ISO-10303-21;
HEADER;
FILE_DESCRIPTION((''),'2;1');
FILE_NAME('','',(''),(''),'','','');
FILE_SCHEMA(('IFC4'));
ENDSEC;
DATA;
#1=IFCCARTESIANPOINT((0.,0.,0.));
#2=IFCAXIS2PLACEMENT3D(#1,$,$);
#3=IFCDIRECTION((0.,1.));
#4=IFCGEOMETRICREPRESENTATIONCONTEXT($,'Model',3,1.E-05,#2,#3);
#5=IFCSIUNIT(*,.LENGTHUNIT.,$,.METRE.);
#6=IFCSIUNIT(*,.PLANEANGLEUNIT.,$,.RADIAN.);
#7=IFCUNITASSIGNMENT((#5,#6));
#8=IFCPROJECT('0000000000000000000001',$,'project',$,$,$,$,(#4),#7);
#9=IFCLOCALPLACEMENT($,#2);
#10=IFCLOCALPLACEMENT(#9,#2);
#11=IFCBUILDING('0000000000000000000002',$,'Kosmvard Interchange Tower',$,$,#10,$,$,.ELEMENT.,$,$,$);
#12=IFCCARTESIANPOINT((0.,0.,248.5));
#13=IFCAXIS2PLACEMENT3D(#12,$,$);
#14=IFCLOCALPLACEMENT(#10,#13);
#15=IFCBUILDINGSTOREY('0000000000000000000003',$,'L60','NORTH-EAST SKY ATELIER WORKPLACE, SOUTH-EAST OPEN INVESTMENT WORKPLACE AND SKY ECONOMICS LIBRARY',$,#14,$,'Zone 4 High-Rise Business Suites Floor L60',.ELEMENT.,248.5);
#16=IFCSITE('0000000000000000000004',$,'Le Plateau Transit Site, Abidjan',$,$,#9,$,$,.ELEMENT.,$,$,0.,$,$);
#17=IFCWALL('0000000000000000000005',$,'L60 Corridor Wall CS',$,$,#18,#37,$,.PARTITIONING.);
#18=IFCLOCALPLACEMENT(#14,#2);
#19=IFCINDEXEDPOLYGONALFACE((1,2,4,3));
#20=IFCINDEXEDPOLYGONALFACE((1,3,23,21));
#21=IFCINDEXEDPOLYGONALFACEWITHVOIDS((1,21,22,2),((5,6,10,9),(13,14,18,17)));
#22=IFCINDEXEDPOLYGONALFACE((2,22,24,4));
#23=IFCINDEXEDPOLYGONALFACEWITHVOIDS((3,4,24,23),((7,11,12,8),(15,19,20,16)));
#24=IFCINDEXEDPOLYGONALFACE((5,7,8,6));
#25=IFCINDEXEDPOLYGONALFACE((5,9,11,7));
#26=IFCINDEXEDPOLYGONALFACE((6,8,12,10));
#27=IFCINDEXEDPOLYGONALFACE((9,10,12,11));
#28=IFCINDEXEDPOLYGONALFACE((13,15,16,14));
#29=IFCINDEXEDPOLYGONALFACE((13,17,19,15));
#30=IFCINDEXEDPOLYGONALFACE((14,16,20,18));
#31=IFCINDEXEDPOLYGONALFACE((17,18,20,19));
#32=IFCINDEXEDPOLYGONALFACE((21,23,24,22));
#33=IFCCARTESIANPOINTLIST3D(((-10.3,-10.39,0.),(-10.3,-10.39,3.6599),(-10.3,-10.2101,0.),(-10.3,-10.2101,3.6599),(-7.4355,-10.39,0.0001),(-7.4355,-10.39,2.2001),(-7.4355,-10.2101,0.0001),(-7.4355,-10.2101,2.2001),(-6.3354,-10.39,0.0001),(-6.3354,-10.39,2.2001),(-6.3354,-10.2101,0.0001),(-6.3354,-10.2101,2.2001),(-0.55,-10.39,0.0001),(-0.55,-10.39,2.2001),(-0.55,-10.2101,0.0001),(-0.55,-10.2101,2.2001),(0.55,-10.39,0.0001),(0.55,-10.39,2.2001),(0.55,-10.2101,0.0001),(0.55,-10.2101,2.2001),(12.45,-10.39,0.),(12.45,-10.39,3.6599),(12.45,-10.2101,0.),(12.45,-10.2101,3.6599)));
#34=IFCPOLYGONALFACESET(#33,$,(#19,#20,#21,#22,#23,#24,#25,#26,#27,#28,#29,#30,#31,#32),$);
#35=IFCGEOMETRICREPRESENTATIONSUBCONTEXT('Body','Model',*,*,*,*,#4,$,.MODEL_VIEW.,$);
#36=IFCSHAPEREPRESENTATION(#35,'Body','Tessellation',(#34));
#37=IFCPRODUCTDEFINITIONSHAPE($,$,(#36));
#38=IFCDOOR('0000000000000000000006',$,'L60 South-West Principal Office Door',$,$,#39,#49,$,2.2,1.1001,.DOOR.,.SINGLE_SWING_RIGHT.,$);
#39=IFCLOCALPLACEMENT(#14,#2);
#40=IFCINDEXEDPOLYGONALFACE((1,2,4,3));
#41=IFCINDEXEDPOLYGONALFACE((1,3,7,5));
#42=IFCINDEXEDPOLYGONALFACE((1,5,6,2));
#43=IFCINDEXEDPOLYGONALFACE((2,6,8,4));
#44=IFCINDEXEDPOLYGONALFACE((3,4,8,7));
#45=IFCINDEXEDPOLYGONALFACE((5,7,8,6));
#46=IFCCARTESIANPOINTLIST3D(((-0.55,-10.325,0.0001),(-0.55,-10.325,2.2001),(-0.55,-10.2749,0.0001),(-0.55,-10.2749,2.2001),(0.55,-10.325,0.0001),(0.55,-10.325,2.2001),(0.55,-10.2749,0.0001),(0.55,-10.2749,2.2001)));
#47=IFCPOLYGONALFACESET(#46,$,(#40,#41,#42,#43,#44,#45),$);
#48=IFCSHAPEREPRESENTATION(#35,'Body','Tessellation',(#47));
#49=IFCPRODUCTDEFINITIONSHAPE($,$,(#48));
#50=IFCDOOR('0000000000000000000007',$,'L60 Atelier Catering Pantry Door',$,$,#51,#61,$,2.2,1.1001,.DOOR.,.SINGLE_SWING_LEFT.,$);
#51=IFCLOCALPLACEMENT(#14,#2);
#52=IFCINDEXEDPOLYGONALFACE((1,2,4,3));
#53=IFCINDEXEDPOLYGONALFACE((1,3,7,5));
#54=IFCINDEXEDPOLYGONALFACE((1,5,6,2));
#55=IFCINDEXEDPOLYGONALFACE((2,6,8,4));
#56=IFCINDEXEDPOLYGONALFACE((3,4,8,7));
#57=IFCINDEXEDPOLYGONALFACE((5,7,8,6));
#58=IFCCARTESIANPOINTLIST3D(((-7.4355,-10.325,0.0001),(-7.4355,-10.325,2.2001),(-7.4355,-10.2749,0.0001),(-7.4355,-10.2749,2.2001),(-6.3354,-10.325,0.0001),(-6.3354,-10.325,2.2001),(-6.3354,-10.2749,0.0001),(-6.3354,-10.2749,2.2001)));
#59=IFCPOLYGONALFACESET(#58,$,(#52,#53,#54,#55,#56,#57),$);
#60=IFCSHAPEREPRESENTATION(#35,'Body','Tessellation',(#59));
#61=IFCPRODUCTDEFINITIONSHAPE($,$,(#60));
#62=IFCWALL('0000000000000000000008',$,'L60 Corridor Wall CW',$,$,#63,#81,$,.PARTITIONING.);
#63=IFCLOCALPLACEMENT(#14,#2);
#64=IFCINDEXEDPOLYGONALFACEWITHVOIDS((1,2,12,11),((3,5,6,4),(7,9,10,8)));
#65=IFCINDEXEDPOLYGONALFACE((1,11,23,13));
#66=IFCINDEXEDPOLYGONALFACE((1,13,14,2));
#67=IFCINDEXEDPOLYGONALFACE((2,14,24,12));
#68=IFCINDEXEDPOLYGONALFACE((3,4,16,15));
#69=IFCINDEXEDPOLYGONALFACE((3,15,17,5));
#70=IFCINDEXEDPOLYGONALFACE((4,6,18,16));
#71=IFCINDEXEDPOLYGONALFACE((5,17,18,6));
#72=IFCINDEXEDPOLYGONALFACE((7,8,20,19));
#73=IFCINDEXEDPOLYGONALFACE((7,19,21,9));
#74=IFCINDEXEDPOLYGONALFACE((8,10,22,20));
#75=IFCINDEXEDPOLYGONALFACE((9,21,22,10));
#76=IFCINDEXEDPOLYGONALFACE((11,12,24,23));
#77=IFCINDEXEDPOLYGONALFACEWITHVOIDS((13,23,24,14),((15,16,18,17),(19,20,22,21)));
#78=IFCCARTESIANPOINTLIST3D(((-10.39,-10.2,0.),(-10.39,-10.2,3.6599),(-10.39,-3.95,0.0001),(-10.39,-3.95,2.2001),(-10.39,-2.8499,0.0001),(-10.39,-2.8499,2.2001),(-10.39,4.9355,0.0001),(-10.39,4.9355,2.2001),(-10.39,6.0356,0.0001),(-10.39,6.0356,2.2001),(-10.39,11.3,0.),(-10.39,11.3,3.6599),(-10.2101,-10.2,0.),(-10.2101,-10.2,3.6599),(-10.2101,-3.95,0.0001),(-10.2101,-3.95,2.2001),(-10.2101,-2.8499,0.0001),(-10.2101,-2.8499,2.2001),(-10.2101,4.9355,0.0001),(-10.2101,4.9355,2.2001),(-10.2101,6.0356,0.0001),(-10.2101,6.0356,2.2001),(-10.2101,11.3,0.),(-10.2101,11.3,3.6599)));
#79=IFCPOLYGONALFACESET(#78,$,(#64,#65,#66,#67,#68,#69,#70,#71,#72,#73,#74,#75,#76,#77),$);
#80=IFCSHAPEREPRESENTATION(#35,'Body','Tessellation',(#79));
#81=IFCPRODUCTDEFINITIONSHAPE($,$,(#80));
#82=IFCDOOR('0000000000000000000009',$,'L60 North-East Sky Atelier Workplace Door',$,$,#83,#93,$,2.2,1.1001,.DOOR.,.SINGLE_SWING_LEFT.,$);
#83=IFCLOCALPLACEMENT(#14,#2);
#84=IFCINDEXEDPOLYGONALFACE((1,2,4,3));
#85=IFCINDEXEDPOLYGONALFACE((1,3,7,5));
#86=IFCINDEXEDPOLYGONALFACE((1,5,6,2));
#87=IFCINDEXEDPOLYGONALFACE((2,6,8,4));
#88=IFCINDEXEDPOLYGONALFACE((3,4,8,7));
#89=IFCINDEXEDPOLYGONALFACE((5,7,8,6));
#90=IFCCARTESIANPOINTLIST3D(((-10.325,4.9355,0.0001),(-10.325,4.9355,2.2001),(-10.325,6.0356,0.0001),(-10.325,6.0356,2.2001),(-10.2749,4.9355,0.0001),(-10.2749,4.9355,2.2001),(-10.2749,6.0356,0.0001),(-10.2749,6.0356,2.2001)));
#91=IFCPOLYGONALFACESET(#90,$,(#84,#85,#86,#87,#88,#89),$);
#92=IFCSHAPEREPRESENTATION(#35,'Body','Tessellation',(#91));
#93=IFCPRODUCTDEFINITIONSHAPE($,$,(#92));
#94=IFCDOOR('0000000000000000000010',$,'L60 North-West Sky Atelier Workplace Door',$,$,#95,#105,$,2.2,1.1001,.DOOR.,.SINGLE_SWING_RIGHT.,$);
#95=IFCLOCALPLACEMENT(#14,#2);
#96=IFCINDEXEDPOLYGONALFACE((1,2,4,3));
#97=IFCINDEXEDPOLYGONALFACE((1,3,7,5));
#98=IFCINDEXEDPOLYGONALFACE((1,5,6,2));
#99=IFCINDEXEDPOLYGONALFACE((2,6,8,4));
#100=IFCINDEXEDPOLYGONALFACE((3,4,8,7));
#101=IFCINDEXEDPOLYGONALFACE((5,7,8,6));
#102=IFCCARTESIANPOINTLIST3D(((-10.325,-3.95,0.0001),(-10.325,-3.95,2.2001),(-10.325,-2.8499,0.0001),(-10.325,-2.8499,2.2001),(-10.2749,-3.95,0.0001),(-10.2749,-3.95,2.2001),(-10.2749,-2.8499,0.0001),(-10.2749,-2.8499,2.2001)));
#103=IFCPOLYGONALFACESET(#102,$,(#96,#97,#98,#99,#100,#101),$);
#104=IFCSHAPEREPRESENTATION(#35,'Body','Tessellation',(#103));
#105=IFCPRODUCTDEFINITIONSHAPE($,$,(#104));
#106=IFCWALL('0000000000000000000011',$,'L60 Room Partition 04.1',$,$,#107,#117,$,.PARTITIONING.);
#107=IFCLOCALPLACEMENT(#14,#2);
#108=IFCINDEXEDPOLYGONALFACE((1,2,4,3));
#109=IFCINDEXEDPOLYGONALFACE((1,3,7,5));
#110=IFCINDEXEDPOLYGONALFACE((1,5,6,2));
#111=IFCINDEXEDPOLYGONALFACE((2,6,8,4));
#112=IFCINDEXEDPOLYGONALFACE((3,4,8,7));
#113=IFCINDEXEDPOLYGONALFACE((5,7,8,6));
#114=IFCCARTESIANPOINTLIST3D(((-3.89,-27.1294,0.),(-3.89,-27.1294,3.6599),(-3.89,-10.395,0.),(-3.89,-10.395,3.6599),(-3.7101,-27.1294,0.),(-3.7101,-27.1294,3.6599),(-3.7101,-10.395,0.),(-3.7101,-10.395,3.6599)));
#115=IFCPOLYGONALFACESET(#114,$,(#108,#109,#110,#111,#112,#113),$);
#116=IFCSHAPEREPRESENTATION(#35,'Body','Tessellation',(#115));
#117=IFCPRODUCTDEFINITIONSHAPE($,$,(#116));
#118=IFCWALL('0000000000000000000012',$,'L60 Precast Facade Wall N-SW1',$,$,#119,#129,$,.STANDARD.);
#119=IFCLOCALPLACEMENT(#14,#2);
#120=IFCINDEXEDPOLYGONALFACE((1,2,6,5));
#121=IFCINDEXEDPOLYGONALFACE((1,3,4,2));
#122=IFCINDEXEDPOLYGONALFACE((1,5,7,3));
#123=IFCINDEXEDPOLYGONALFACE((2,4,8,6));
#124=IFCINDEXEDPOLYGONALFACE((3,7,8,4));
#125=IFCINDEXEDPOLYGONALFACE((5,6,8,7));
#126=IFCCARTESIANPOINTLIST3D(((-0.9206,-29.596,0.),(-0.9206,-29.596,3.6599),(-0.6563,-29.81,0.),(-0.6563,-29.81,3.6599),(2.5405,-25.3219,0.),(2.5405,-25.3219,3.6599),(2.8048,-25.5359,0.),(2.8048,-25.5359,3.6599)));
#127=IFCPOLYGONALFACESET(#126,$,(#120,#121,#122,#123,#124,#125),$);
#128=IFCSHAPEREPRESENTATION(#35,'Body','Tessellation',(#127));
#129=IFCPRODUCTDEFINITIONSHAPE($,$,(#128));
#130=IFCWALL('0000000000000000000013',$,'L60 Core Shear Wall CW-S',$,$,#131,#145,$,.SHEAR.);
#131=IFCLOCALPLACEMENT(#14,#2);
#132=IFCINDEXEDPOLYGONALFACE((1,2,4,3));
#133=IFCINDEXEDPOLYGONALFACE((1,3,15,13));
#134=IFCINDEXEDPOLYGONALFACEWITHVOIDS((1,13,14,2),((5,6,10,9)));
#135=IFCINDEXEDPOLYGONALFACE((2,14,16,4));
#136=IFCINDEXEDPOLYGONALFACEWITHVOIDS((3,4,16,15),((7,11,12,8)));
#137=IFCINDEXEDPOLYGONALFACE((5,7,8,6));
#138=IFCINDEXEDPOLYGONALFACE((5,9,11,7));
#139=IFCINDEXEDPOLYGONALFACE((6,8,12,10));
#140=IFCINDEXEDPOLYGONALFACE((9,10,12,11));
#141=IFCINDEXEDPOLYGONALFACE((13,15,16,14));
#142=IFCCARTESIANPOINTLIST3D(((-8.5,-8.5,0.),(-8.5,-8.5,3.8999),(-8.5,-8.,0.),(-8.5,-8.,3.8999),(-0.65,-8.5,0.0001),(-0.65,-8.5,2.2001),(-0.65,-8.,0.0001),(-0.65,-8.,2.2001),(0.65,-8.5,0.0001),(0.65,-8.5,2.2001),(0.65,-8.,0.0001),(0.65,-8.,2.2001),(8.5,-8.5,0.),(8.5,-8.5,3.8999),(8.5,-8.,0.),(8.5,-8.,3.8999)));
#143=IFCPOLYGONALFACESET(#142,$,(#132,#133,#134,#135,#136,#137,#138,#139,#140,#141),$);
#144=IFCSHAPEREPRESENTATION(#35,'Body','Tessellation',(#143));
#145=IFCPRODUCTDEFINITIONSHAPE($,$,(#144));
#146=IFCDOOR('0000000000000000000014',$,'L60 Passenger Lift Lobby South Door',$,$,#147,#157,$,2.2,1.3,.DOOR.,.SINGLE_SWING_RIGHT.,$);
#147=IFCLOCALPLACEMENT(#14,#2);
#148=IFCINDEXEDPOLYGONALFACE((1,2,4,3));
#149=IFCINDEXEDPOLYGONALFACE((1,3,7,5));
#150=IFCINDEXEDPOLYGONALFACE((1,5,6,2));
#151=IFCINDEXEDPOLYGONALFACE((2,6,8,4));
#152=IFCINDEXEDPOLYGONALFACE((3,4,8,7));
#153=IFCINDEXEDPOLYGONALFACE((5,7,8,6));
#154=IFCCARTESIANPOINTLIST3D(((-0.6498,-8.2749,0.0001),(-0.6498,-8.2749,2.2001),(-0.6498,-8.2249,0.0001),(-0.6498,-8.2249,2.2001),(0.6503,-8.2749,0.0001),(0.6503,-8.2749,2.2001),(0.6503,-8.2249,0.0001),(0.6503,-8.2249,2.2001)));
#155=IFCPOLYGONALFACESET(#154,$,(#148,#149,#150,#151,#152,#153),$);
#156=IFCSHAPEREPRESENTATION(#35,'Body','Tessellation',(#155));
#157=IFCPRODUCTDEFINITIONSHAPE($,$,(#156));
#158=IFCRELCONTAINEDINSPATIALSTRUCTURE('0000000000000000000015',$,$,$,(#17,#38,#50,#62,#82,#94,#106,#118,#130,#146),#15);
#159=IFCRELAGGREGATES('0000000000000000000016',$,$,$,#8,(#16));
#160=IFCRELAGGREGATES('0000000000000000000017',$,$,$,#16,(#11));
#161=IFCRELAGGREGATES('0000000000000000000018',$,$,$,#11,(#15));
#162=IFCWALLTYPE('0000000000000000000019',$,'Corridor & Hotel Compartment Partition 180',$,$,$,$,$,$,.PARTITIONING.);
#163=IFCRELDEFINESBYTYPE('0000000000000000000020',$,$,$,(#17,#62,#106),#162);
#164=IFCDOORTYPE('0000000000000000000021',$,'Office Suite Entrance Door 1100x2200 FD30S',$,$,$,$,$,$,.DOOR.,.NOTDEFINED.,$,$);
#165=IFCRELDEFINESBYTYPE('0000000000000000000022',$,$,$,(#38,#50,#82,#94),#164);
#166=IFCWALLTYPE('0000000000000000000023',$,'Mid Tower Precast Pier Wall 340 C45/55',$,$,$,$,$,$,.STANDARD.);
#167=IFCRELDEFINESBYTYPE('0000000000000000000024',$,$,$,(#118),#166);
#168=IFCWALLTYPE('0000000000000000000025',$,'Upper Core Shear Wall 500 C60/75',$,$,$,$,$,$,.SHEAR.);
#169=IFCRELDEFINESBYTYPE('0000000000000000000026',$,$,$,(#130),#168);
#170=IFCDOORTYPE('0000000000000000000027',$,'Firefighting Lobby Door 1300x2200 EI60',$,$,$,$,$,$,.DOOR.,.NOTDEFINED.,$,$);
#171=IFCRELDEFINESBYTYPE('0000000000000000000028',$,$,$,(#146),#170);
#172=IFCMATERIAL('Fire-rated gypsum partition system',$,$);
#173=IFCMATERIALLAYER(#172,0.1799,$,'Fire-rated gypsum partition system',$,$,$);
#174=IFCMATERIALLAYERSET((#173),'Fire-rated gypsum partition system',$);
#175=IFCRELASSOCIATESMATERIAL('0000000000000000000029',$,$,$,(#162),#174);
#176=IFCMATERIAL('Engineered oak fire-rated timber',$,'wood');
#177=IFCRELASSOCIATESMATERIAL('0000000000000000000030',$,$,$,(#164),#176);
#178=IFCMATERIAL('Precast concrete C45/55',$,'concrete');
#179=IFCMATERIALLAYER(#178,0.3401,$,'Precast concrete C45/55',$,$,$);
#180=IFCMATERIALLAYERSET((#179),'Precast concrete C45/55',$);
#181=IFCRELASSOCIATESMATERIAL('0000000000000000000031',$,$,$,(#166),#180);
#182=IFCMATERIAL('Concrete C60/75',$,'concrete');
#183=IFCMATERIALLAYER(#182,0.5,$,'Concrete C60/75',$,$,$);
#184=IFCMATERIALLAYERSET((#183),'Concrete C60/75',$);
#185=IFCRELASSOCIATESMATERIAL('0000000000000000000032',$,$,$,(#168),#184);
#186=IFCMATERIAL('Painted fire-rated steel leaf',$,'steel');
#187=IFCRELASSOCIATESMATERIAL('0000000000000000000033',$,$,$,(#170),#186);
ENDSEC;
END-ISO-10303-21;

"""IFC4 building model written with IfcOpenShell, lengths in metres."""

from ifc_helpers import new_model, si_unit, direction, frame, frame_2d, origin, place, context, subcontext, project, spatial, rectangle, extrude, source, transform, mapped, material, layer, layer_set, type_object, element, fill, save


model = new_model("IFC4")

# Units and contexts
model_context = context("Model", 3, precision=1e-05, world=origin(), true_north=direction((0.0, 1.0)))
body_context = subcontext(model_context, "Body", "Model", "MODEL_VIEW")
ifc_project = project(units=[si_unit("LENGTHUNIT", "METRE"), si_unit("PLANEANGLEUNIT", "RADIAN")], contexts=[model_context])

# Site, building, storey
site_placement = place(None, origin())
site = spatial("IfcSite", under=ifc_project, at=site_placement, Name="Le Plateau Transit Site, Abidjan", CompositionType="ELEMENT", RefElevation=0.0)
building_placement = place(site_placement, origin())
building = spatial("IfcBuilding", under=site, at=building_placement, Name="Kosmvard Interchange Tower", CompositionType="ELEMENT")
storey_placement = place(building_placement, frame((0.0, 0.0, 248.5)))
storey = spatial("IfcBuildingStorey", under=building, at=storey_placement, Name="L60", Description="NORTH-EAST SKY ATELIER WORKPLACE, SOUTH-EAST OPEN INVESTMENT WORKPLACE AND SKY ECONOMICS LIBRARY", LongName="Zone 4 High-Rise Business Suites Floor L60", CompositionType="ELEMENT", Elevation=248.5)

# Shared definitions
ifc_material_1 = material(Name="Concrete C60/75", Category="concrete")

# Shared definitions
ifc_material_2 = material(Name="Precast concrete C45/55", Category="concrete")

# Walls, openings, doors
ifc_material_3 = material(Name="Fire-rated gypsum partition system")
ifc_layer_1 = layer(ifc_material_3, 0.1799, Name="Fire-rated gypsum partition system")
ifc_layer_set_1 = layer_set([ifc_layer_1], Name="Fire-rated gypsum partition system")
wall_type_1 = type_object("IfcWallType", Name="Corridor & Hotel Compartment Partition 180", PredefinedType="PARTITIONING", material=ifc_layer_set_1)
wall_1_placement = place(storey_placement, frame((-10.3, -10.3, 0.0), z_axis=(0.0, 0.0, 1.0), x_axis=(1.0, 0.0, 0.0)))
wall_1 = element("IfcWall", 1, at=wall_1_placement, inside=storey, type_object=wall_type_1, Name="L60 Corridor Wall CS", PredefinedType="PARTITIONING", context=body_context, shape_type="SweptSolid", body=[
    extrude(rectangle(XDim=22.75, YDim=0.1799, at=frame_2d((11.375, 0.0))), origin(), (0.0, 0.0, 1.0), 3.6599),
])
opening_1_placement = place(wall_1_placement, frame((9.75, 0.0, 0.0)))
opening_1 = element("IfcOpeningElement", 2, at=opening_1_placement, cuts=wall_1, PredefinedType="OPENING", context=body_context, shape_type="SweptSolid", body=[
    extrude(rectangle(XDim=1.1001, YDim=2.2, at=frame_2d((0.55, 1.1001))), frame((0.0, 0.1001, 0.0), z_axis=(0.0, -1.0, 0.0), x_axis=(1.0, 0.0, 0.0)), (0.0, 0.0, 1.0), 0.2),
])
opening_2_placement = place(wall_1_placement, frame((2.8645, 0.0, 0.0)))
opening_2 = element("IfcOpeningElement", 3, at=opening_2_placement, cuts=wall_1, PredefinedType="OPENING", context=body_context, shape_type="SweptSolid", body=[
    extrude(rectangle(XDim=1.1001, YDim=2.2, at=frame_2d((0.55, 1.1001))), frame((0.0, 0.1001, 0.0), z_axis=(0.0, -1.0, 0.0), x_axis=(1.0, 0.0, 0.0)), (0.0, 0.0, 1.0), 0.2),
])
ifc_material_4 = material(Name="Engineered oak fire-rated timber", Category="wood")
door_type_1 = type_object("IfcDoorType", Name="Office Suite Entrance Door 1100x2200 FD30S", OperationType="NOTDEFINED", PredefinedType="DOOR", material=ifc_material_4)
shared_shape_1 = source(origin(), body_context, "Body", "SweptSolid", [
    extrude(rectangle(XDim=1.1001, YDim=2.2, at=frame_2d((0.55, 1.1001))), frame((0.0, 0.0249, 0.0), z_axis=(0.0, -1.0, 0.0), x_axis=(1.0, 0.0, 0.0)), (0.0, 0.0, 1.0), 0.05),
])
door_1_placement = place(opening_1_placement, frame((1.1001, 0.0, 0.0), z_axis=(0.0, 0.0, 1.0), x_axis=(-1.0, 0.0, 0.0)))
door_1 = element("IfcDoor", 4, at=door_1_placement, inside=storey, type_object=door_type_1, Name="L60 South-West Principal Office Door", OperationType="SINGLE_SWING_RIGHT", OverallHeight=2.2, OverallWidth=1.1001, PredefinedType="DOOR", context=body_context, shape_type="MappedRepresentation", body=[
    mapped(shared_shape_1, transform((0.0, 0.0, 0.0), scale=1.0)),
])
fill(opening_1, door_1)
door_2_placement = place(opening_2_placement, frame((1.1001, 0.0, 0.0), z_axis=(0.0, 0.0, 1.0), x_axis=(-1.0, 0.0, 0.0)))
door_2 = element("IfcDoor", 5, at=door_2_placement, inside=storey, type_object=door_type_1, Name="L60 Atelier Catering Pantry Door", OperationType="SINGLE_SWING_LEFT", OverallHeight=2.2, OverallWidth=1.1001, PredefinedType="DOOR", context=body_context, shape_type="MappedRepresentation", body=[
    mapped(shared_shape_1, transform((0.0, 0.0, 0.0), scale=1.0)),
])
fill(opening_2, door_2)
wall_2_placement = place(storey_placement, frame((-10.3, -10.2, 0.0), z_axis=(0.0, 0.0, 1.0), x_axis=(0.0, 1.0, 0.0)))
wall_2 = element("IfcWall", 6, at=wall_2_placement, inside=storey, type_object=wall_type_1, Name="L60 Corridor Wall CW", PredefinedType="PARTITIONING", context=body_context, shape_type="SweptSolid", body=[
    extrude(rectangle(XDim=21.5, YDim=0.1799, at=frame_2d((10.75, 0.0))), origin(), (0.0, 0.0, 1.0), 3.6599),
])
opening_3_placement = place(wall_2_placement, frame((15.1355, 0.0, 0.0)))
opening_3 = element("IfcOpeningElement", 7, at=opening_3_placement, cuts=wall_2, PredefinedType="OPENING", context=body_context, shape_type="SweptSolid", body=[
    extrude(rectangle(XDim=1.1001, YDim=2.2, at=frame_2d((0.55, 1.1001))), frame((0.0, 0.1001, 0.0), z_axis=(0.0, -1.0, 0.0), x_axis=(1.0, 0.0, 0.0)), (0.0, 0.0, 1.0), 0.2),
])
opening_4_placement = place(wall_2_placement, frame((6.25, 0.0, 0.0)))
opening_4 = element("IfcOpeningElement", 8, at=opening_4_placement, cuts=wall_2, PredefinedType="OPENING", context=body_context, shape_type="SweptSolid", body=[
    extrude(rectangle(XDim=1.1001, YDim=2.2, at=frame_2d((0.55, 1.1001))), frame((0.0, 0.1001, 0.0), z_axis=(0.0, -1.0, 0.0), x_axis=(1.0, 0.0, 0.0)), (0.0, 0.0, 1.0), 0.2),
])
door_3_placement = place(opening_3_placement, origin())
door_3 = element("IfcDoor", 9, at=door_3_placement, inside=storey, type_object=door_type_1, Name="L60 North-East Sky Atelier Workplace Door", OperationType="SINGLE_SWING_LEFT", OverallHeight=2.2, OverallWidth=1.1001, PredefinedType="DOOR", context=body_context, shape_type="MappedRepresentation", body=[
    mapped(shared_shape_1, transform((0.0, 0.0, 0.0), scale=1.0)),
])
fill(opening_3, door_3)
door_4_placement = place(opening_4_placement, origin())
door_4 = element("IfcDoor", 10, at=door_4_placement, inside=storey, type_object=door_type_1, Name="L60 North-West Sky Atelier Workplace Door", OperationType="SINGLE_SWING_RIGHT", OverallHeight=2.2, OverallWidth=1.1001, PredefinedType="DOOR", context=body_context, shape_type="MappedRepresentation", body=[
    mapped(shared_shape_1, transform((0.0, 0.0, 0.0), scale=1.0)),
])
fill(opening_4, door_4)

# Walls
wall_3_placement = place(storey_placement, frame((-3.8, -10.395, 0.0), z_axis=(0.0, 0.0, 1.0), x_axis=(0.0, -1.0, 0.0)))
element("IfcWall", 11, at=wall_3_placement, inside=storey, type_object=wall_type_1, Name="L60 Room Partition 04.1", PredefinedType="PARTITIONING", context=body_context, shape_type="SweptSolid", body=[
    extrude(rectangle(XDim=16.7344, YDim=0.1799, at=frame_2d((8.3672, 0.0))), origin(), (0.0, 0.0, 1.0), 3.6599),
])
ifc_layer_2 = layer(ifc_material_2, 0.3401, Name="Precast concrete C45/55")
ifc_layer_set_2 = layer_set([ifc_layer_2], Name="Precast concrete C45/55")
wall_type_2 = type_object("IfcWallType", Name="Mid Tower Precast Pier Wall 340 C45/55", PredefinedType="STANDARD", material=ifc_layer_set_2)
wall_4_placement = place(storey_placement, frame((-0.7886, -29.7031, 0.0), z_axis=(0.0, 0.0, 1.0), x_axis=(0.629323, 0.777144, 0.0)))
element("IfcWall", 12, at=wall_4_placement, inside=storey, type_object=wall_type_2, Name="L60 Precast Facade Wall N-SW1", PredefinedType="STANDARD", context=body_context, shape_type="SweptSolid", body=[
    extrude(rectangle(XDim=5.4998, YDim=0.3401, at=frame_2d((2.75, 0.0))), origin(), (0.0, 0.0, 1.0), 3.6599),
])

# Wall, opening, door
ifc_layer_3 = layer(ifc_material_1, 0.5, Name="Concrete C60/75")
ifc_layer_set_3 = layer_set([ifc_layer_3], Name="Concrete C60/75")
wall_type_3 = type_object("IfcWallType", Name="Upper Core Shear Wall 500 C60/75", PredefinedType="SHEAR", material=ifc_layer_set_3)
wall_5_placement = place(storey_placement, frame((-8.5, -8.25, 0.0), z_axis=(0.0, 0.0, 1.0), x_axis=(1.0, 0.0, 0.0)))
wall_5 = element("IfcWall", 13, at=wall_5_placement, inside=storey, type_object=wall_type_3, Name="L60 Core Shear Wall CW-S", PredefinedType="SHEAR", context=body_context, shape_type="SweptSolid", body=[
    extrude(rectangle(XDim=17.0, YDim=0.5, at=frame_2d((8.5, 0.0))), origin(), (0.0, 0.0, 1.0), 3.8999),
])
opening_5_placement = place(wall_5_placement, frame((7.8501, 0.0, 0.0)))
opening_5 = element("IfcOpeningElement", 14, at=opening_5_placement, cuts=wall_5, PredefinedType="OPENING", context=body_context, shape_type="SweptSolid", body=[
    extrude(rectangle(XDim=1.3, YDim=2.2, at=frame_2d((0.6499, 1.1001))), frame((0.0, 0.26, 0.0), z_axis=(0.0, -1.0, 0.0), x_axis=(1.0, 0.0, 0.0)), (0.0, 0.0, 1.0), 0.52),
])
ifc_material_5 = material(Name="Painted fire-rated steel leaf", Category="steel")
door_type_2 = type_object("IfcDoorType", Name="Firefighting Lobby Door 1300x2200 EI60", OperationType="NOTDEFINED", PredefinedType="DOOR", material=ifc_material_5)
shared_shape_2 = source(origin(), body_context, "Body", "SweptSolid", [
    extrude(rectangle(XDim=1.3, YDim=2.2, at=frame_2d((0.6499, 1.1001))), frame((0.0, 0.0249, 0.0), z_axis=(0.0, -1.0, 0.0), x_axis=(1.0, 0.0, 0.0)), (0.0, 0.0, 1.0), 0.05),
])
door_5_placement = place(opening_5_placement, frame((1.3, 0.0, 0.0), z_axis=(0.0, 0.0, 1.0), x_axis=(-1.0, 0.0, 0.0)))
door_5 = element("IfcDoor", 15, at=door_5_placement, inside=storey, type_object=door_type_2, Name="L60 Passenger Lift Lobby South Door", OperationType="SINGLE_SWING_RIGHT", OverallHeight=2.2, OverallWidth=1.3, PredefinedType="DOOR", context=body_context, shape_type="MappedRepresentation", body=[
    mapped(shared_shape_2, transform((0.0, 0.0, 0.0), scale=1.0)),
])
fill(opening_5, door_5)

save(model, "model.ifc")
